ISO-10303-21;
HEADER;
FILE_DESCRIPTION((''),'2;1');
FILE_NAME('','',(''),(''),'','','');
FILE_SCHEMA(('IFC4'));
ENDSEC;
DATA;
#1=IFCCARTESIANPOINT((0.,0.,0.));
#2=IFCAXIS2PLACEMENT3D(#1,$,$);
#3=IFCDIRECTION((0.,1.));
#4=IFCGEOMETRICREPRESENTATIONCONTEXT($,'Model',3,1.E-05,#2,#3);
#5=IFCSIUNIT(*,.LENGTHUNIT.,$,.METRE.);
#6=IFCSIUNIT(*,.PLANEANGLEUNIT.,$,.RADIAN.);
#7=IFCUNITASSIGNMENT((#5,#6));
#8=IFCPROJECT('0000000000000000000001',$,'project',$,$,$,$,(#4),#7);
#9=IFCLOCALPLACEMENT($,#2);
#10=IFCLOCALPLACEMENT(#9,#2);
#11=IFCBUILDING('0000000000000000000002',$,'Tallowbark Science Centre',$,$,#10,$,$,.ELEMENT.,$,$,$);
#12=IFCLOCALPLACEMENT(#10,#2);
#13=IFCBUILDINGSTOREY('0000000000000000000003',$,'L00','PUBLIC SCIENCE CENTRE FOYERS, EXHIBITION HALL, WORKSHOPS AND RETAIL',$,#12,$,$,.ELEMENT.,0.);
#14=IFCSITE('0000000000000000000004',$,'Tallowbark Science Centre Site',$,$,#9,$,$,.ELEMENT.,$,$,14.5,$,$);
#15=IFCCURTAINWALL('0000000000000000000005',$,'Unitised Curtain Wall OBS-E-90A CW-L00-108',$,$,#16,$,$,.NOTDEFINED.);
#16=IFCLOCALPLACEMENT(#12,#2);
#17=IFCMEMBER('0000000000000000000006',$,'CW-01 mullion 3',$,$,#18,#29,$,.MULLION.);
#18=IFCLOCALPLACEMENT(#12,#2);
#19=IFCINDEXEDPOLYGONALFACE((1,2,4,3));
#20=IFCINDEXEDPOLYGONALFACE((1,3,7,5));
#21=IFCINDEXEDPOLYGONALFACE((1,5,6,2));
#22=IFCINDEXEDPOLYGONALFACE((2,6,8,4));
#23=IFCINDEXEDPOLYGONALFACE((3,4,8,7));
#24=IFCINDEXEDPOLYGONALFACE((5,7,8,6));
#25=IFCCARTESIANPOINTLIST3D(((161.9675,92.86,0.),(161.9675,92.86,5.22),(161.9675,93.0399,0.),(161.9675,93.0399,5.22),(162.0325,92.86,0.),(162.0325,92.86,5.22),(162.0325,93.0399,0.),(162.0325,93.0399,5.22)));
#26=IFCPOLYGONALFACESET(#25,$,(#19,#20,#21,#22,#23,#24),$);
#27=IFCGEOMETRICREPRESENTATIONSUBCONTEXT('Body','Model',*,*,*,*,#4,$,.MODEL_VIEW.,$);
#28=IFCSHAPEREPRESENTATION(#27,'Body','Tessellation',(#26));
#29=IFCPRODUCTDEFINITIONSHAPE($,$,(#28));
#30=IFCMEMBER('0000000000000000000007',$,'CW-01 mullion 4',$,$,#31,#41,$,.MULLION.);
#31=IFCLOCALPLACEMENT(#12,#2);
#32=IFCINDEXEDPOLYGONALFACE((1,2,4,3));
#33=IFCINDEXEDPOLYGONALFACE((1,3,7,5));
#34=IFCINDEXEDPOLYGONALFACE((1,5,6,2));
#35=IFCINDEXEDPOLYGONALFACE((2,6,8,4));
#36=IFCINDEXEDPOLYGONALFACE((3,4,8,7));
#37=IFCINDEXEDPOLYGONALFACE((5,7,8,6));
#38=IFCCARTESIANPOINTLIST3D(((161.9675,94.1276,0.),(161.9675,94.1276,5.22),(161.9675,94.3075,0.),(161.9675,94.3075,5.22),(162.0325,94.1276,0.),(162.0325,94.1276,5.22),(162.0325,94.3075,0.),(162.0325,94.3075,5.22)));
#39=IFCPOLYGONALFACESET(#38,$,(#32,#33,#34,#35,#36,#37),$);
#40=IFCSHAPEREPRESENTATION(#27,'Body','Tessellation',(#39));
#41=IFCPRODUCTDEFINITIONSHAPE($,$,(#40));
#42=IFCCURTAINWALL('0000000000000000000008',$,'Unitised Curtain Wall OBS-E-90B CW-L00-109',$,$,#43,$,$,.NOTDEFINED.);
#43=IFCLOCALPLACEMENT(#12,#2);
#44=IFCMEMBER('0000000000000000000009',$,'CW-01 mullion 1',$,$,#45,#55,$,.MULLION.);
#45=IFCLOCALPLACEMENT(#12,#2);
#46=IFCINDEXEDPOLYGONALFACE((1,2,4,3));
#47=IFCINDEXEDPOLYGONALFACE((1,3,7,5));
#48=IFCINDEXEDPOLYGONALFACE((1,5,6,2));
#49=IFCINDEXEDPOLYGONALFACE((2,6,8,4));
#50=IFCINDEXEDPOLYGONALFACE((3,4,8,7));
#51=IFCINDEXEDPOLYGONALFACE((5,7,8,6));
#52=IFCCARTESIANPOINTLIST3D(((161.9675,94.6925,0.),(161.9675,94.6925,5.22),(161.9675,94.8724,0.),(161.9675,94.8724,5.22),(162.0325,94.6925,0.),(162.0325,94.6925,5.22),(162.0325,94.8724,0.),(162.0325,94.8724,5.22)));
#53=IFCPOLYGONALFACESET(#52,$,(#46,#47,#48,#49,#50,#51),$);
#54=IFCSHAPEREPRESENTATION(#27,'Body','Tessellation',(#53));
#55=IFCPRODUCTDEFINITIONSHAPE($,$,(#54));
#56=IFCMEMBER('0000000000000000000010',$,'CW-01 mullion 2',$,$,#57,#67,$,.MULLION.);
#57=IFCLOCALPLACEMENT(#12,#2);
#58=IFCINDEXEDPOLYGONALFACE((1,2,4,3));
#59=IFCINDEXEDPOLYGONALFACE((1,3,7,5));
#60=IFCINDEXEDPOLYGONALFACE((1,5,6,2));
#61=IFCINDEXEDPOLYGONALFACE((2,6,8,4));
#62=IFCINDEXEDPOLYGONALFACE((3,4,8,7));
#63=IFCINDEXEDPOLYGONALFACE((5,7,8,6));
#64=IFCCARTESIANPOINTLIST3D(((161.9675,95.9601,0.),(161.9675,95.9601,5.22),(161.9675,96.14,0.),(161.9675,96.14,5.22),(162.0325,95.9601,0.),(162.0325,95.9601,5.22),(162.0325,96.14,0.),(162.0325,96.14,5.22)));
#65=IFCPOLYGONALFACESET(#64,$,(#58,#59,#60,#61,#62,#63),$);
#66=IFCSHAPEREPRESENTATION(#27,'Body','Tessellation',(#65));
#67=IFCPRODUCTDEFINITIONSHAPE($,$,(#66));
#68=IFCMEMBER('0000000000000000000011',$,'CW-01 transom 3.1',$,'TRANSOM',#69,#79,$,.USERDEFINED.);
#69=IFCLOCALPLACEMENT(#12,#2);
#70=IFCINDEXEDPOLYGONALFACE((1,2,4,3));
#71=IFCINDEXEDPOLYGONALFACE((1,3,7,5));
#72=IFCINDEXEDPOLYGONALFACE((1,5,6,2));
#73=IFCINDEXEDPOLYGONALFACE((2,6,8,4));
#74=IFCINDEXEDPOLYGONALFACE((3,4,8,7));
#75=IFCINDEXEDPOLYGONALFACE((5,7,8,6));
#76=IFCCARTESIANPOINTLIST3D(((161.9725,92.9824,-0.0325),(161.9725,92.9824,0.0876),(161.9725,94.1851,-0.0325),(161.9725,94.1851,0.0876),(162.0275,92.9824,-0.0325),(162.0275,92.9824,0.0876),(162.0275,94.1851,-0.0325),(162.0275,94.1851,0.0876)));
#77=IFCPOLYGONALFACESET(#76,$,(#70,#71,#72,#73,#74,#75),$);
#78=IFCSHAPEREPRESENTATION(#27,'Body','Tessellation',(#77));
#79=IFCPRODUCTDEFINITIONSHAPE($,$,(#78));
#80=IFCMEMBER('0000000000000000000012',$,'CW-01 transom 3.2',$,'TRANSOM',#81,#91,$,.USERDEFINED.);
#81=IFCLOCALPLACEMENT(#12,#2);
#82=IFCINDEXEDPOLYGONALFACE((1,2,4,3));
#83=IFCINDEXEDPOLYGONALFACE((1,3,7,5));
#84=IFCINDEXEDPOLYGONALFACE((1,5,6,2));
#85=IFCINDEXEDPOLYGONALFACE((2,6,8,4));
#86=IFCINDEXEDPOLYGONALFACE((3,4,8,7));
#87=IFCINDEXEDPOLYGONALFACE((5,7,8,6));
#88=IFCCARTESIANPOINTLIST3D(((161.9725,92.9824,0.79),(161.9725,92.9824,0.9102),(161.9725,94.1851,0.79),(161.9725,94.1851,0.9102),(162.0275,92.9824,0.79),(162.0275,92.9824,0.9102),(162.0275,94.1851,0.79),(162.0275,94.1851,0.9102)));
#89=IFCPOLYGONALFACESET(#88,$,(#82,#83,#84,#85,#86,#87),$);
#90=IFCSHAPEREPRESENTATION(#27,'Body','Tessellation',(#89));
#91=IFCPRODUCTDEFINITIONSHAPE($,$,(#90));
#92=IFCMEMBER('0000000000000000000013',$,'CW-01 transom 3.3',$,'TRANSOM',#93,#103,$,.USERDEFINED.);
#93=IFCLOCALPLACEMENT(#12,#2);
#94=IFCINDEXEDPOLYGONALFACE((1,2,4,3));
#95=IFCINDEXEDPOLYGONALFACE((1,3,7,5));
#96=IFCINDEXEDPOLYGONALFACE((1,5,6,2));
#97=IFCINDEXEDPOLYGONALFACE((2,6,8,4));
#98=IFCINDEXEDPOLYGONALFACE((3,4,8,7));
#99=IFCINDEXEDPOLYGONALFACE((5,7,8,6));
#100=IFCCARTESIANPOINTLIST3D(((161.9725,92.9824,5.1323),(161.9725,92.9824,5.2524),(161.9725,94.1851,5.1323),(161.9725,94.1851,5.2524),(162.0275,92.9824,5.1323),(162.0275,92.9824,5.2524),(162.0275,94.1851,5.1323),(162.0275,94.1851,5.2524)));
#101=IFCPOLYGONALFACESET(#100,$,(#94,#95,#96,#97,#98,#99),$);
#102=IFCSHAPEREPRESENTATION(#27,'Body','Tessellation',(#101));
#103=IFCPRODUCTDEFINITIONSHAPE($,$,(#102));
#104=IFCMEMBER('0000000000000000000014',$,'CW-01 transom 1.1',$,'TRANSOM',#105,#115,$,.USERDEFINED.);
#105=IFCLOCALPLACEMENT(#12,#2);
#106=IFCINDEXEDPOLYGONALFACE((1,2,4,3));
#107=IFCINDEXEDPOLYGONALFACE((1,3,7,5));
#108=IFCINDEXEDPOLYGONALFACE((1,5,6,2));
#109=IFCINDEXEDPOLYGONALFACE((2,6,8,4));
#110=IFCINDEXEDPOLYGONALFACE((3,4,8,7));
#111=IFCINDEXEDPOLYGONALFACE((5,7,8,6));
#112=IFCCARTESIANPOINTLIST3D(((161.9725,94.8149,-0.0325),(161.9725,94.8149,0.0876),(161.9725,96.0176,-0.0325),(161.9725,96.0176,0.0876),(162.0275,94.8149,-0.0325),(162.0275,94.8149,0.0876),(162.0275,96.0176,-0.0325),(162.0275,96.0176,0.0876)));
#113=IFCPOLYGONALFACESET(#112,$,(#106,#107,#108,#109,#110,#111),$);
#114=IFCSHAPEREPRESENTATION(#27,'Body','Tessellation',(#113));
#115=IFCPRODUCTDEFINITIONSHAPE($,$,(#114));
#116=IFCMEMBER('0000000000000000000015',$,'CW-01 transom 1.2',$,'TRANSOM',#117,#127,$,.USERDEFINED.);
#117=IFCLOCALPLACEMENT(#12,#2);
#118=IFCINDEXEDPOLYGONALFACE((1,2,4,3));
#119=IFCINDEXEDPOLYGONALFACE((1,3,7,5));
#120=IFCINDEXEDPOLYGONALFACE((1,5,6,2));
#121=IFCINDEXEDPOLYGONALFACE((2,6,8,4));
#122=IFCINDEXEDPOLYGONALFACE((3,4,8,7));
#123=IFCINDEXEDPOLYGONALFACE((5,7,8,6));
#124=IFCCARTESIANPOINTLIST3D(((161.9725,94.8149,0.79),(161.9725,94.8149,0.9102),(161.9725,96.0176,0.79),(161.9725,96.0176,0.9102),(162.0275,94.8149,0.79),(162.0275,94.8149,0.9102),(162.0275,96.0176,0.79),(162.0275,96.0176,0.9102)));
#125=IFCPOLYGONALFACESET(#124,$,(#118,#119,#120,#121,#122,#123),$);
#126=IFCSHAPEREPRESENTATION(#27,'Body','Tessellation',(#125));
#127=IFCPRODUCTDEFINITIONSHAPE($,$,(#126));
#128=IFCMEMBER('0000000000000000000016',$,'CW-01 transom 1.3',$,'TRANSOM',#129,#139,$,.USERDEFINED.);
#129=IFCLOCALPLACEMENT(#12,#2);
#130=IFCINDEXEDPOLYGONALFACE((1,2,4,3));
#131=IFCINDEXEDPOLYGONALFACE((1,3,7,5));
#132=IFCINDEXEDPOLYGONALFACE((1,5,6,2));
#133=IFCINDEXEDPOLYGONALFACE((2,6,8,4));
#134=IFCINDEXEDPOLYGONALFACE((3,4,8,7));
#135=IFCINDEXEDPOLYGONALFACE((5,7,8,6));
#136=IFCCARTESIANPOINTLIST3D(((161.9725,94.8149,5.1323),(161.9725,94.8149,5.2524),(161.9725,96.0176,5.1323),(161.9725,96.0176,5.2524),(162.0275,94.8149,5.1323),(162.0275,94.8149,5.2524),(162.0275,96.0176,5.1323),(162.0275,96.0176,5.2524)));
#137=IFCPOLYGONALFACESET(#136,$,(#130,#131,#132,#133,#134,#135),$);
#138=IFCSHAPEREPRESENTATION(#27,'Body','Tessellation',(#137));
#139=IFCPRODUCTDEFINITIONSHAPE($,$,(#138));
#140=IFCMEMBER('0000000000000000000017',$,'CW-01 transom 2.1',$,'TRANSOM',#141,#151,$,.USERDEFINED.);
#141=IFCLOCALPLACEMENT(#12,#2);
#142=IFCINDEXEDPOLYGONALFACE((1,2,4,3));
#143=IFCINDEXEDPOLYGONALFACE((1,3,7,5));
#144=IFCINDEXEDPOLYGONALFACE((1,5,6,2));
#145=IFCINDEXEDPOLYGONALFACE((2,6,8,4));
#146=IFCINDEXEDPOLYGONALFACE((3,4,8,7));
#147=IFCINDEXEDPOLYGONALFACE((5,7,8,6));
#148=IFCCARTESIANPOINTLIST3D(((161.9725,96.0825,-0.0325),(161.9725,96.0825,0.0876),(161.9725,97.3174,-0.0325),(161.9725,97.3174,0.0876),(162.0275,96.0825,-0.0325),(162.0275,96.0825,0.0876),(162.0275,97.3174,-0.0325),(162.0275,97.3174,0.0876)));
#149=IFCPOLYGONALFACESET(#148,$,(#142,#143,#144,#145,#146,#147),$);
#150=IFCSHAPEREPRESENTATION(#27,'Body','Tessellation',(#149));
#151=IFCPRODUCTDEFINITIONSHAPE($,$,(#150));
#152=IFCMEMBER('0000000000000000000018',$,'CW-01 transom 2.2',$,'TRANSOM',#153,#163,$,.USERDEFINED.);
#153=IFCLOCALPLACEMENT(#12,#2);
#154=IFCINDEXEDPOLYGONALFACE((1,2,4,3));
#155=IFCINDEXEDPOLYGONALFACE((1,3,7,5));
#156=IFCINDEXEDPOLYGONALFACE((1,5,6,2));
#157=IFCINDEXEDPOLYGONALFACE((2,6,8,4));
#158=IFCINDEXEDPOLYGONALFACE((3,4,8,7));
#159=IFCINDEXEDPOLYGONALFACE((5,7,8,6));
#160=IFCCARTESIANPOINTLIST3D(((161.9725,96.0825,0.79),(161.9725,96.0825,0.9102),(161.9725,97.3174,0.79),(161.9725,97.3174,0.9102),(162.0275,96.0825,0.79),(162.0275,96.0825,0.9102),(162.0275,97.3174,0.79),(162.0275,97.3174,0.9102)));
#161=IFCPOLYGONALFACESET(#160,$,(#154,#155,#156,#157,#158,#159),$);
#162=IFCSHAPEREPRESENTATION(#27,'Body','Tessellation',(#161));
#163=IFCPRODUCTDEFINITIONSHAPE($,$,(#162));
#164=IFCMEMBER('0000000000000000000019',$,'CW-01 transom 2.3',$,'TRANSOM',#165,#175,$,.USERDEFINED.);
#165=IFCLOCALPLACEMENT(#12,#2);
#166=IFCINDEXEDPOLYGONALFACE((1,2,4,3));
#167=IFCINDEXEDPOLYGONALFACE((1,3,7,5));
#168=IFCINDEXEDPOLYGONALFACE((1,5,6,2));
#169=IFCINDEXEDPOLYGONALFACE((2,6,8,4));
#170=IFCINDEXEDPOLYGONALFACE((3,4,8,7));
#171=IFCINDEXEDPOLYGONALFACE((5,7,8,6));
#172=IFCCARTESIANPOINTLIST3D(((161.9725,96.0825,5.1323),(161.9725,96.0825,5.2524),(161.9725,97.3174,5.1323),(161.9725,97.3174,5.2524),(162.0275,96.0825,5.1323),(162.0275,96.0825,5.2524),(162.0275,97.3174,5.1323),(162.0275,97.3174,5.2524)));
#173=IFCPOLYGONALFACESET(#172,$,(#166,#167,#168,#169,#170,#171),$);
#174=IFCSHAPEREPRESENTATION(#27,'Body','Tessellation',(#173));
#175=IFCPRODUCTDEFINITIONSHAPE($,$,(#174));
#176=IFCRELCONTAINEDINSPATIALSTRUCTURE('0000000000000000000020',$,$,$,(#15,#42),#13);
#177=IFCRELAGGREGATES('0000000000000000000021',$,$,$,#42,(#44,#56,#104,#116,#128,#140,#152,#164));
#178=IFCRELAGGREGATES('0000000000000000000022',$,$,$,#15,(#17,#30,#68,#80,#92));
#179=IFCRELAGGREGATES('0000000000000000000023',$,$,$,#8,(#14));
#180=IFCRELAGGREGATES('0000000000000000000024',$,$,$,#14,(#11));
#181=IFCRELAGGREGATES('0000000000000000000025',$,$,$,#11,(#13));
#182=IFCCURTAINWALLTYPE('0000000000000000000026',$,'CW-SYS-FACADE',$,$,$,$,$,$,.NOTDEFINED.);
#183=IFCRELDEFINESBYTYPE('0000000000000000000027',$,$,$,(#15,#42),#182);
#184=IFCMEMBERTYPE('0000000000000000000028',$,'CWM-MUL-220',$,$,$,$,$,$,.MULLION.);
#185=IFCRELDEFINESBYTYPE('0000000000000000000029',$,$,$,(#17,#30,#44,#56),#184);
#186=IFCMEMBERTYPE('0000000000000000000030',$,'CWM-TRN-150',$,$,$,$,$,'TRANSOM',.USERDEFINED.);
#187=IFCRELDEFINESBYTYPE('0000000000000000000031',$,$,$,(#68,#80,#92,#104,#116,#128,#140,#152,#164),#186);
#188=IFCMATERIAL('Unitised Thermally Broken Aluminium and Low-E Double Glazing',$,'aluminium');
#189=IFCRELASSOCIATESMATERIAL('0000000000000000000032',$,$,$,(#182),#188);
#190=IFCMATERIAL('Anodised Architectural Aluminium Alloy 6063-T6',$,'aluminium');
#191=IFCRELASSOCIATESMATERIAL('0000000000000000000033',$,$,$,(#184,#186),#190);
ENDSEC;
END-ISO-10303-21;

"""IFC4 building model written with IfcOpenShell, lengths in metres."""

from ifc_helpers import new_model, si_unit, direction, frame, origin, origin_2d, place, context, subcontext, project, spatial, rectangle, extrude, material, material_profile, profile_set, type_object, element, aggregate, save


model = new_model("IFC4")

# Units and contexts
model_context = context("Model", 3, precision=1e-05, world=origin(), true_north=direction((0.0, 1.0)))
body_context = subcontext(model_context, "Body", "Model", "MODEL_VIEW")
ifc_project = project(units=[si_unit("LENGTHUNIT", "METRE"), si_unit("PLANEANGLEUNIT", "RADIAN")], contexts=[model_context])

# Site, building, storey
site_placement = place(None, origin())
site = spatial("IfcSite", under=ifc_project, at=site_placement, Name="Tallowbark Science Centre Site", CompositionType="ELEMENT", RefElevation=14.5)
building_placement = place(site_placement, origin())
building = spatial("IfcBuilding", under=site, at=building_placement, Name="Tallowbark Science Centre", CompositionType="ELEMENT")
storey_placement = place(building_placement, origin())
storey = spatial("IfcBuildingStorey", under=building, at=storey_placement, Name="L00", Description="PUBLIC SCIENCE CENTRE FOYERS, EXHIBITION HALL, WORKSHOPS AND RETAIL", CompositionType="ELEMENT", Elevation=0.0)

# Curtain walls, members
ifc_material_1 = material(Name="Unitised Thermally Broken Aluminium and Low-E Double Glazing", Category="aluminium")
curtain_wall_type = type_object("IfcCurtainWallType", Name="CW-SYS-FACADE", PredefinedType="NOTDEFINED", material=ifc_material_1)
curtain_wall_1_placement = place(storey_placement, origin())
curtain_wall_1 = element("IfcCurtainWall", 1, at=curtain_wall_1_placement, inside=storey, type_object=curtain_wall_type, Name="Unitised Curtain Wall OBS-E-90A CW-L00-108", PredefinedType="NOTDEFINED")
ifc_material_2 = material(Name="Anodised Architectural Aluminium Alloy 6063-T6", Category="aluminium")
ifc_material_profile_1 = material_profile(ifc_material_2, rectangle(XDim=0.0649, YDim=0.1799, at=origin_2d()), Name="ALU65x180")
ifc_profile_set_1 = profile_set([ifc_material_profile_1], Name="Anodised Architectural Aluminium Alloy 6063-T6")
member_type_1 = type_object("IfcMemberType", Name="CWM-MUL-220", PredefinedType="MULLION", material=ifc_profile_set_1)
member_1_placement = place(storey_placement, frame((162.0, 92.95, 0.0), z_axis=(0.0, 0.0, 1.0), x_axis=(-1.0, 0.0, 0.0)))
member_1 = element("IfcMember", 2, at=member_1_placement, type_object=member_type_1, Name="CW-01 mullion 3", PredefinedType="MULLION", context=body_context, shape_type="SweptSolid", body=[
    extrude(rectangle(XDim=0.0649, YDim=0.1799, at=origin_2d()), origin(), (0.0, 0.0, 1.0), 5.22),
])
member_2_placement = place(storey_placement, frame((162.0, 94.2175, 0.0), z_axis=(0.0, 0.0, 1.0), x_axis=(-1.0, 0.0, 0.0)))
member_2 = element("IfcMember", 3, at=member_2_placement, type_object=member_type_1, Name="CW-01 mullion 4", PredefinedType="MULLION", context=body_context, shape_type="SweptSolid", body=[
    extrude(rectangle(XDim=0.0649, YDim=0.1799, at=origin_2d()), origin(), (0.0, 0.0, 1.0), 5.22),
])
curtain_wall_2_placement = place(storey_placement, origin())
curtain_wall_2 = element("IfcCurtainWall", 4, at=curtain_wall_2_placement, inside=storey, type_object=curtain_wall_type, Name="Unitised Curtain Wall OBS-E-90B CW-L00-109", PredefinedType="NOTDEFINED")
member_3_placement = place(storey_placement, frame((162.0, 94.7825, 0.0), z_axis=(0.0, 0.0, 1.0), x_axis=(-1.0, 0.0, 0.0)))
member_3 = element("IfcMember", 5, at=member_3_placement, type_object=member_type_1, Name="CW-01 mullion 1", PredefinedType="MULLION", context=body_context, shape_type="SweptSolid", body=[
    extrude(rectangle(XDim=0.0649, YDim=0.1799, at=origin_2d()), origin(), (0.0, 0.0, 1.0), 5.22),
])
member_4_placement = place(storey_placement, frame((162.0, 96.05, 0.0), z_axis=(0.0, 0.0, 1.0), x_axis=(-1.0, 0.0, 0.0)))
member_4 = element("IfcMember", 6, at=member_4_placement, type_object=member_type_1, Name="CW-01 mullion 2", PredefinedType="MULLION", context=body_context, shape_type="SweptSolid", body=[
    extrude(rectangle(XDim=0.0649, YDim=0.1799, at=origin_2d()), origin(), (0.0, 0.0, 1.0), 5.22),
])

# Members
ifc_material_profile_2 = material_profile(ifc_material_2, rectangle(XDim=0.0549, YDim=0.1201, at=origin_2d()), Name="ALU55x120")
ifc_profile_set_2 = profile_set([ifc_material_profile_2], Name="Anodised Architectural Aluminium Alloy 6063-T6")
member_type_2 = type_object("IfcMemberType", Name="CWM-TRN-150", ElementType="TRANSOM", PredefinedType="USERDEFINED", material=ifc_profile_set_2)
member_5_placement = place(storey_placement, frame((162.0, 92.9824, 0.0276), z_axis=(0.0, 1.0, 0.0), x_axis=(-1.0, 0.0, 0.0)))
member_5 = element("IfcMember", 7, at=member_5_placement, type_object=member_type_2, Name="CW-01 transom 3.1", ObjectType="TRANSOM", PredefinedType="USERDEFINED", context=body_context, shape_type="SweptSolid", body=[
    extrude(rectangle(XDim=0.0549, YDim=0.1201, at=origin_2d()), origin(), (0.0, 0.0, 1.0), 1.2026),
])
member_6_placement = place(storey_placement, frame((162.0, 92.9824, 0.8501), z_axis=(0.0, 1.0, 0.0), x_axis=(-1.0, 0.0, 0.0)))
member_6 = element("IfcMember", 8, at=member_6_placement, type_object=member_type_2, Name="CW-01 transom 3.2", ObjectType="TRANSOM", PredefinedType="USERDEFINED", context=body_context, shape_type="SweptSolid", body=[
    extrude(rectangle(XDim=0.0549, YDim=0.1201, at=origin_2d()), origin(), (0.0, 0.0, 1.0), 1.2026),
])
member_7_placement = place(storey_placement, frame((162.0, 92.9824, 5.1924), z_axis=(0.0, 1.0, 0.0), x_axis=(-1.0, 0.0, 0.0)))
member_7 = element("IfcMember", 9, at=member_7_placement, type_object=member_type_2, Name="CW-01 transom 3.3", ObjectType="TRANSOM", PredefinedType="USERDEFINED", context=body_context, shape_type="SweptSolid", body=[
    extrude(rectangle(XDim=0.0549, YDim=0.1201, at=origin_2d()), origin(), (0.0, 0.0, 1.0), 1.2026),
])
member_8_placement = place(storey_placement, frame((162.0, 94.8149, 0.0276), z_axis=(0.0, 1.0, 0.0), x_axis=(-1.0, 0.0, 0.0)))
member_8 = element("IfcMember", 10, at=member_8_placement, type_object=member_type_2, Name="CW-01 transom 1.1", ObjectType="TRANSOM", PredefinedType="USERDEFINED", context=body_context, shape_type="SweptSolid", body=[
    extrude(rectangle(XDim=0.0549, YDim=0.1201, at=origin_2d()), origin(), (0.0, 0.0, 1.0), 1.2026),
])
member_9_placement = place(storey_placement, frame((162.0, 94.8149, 0.8501), z_axis=(0.0, 1.0, 0.0), x_axis=(-1.0, 0.0, 0.0)))
member_9 = element("IfcMember", 11, at=member_9_placement, type_object=member_type_2, Name="CW-01 transom 1.2", ObjectType="TRANSOM", PredefinedType="USERDEFINED", context=body_context, shape_type="SweptSolid", body=[
    extrude(rectangle(XDim=0.0549, YDim=0.1201, at=origin_2d()), origin(), (0.0, 0.0, 1.0), 1.2026),
])
member_10_placement = place(storey_placement, frame((162.0, 94.8149, 5.1924), z_axis=(0.0, 1.0, 0.0), x_axis=(-1.0, 0.0, 0.0)))
member_10 = element("IfcMember", 12, at=member_10_placement, type_object=member_type_2, Name="CW-01 transom 1.3", ObjectType="TRANSOM", PredefinedType="USERDEFINED", context=body_context, shape_type="SweptSolid", body=[
    extrude(rectangle(XDim=0.0549, YDim=0.1201, at=origin_2d()), origin(), (0.0, 0.0, 1.0), 1.2026),
])
member_11_placement = place(storey_placement, frame((162.0, 96.0825, 0.0276), z_axis=(0.0, 1.0, 0.0), x_axis=(-1.0, 0.0, 0.0)))
member_11 = element("IfcMember", 13, at=member_11_placement, type_object=member_type_2, Name="CW-01 transom 2.1", ObjectType="TRANSOM", PredefinedType="USERDEFINED", context=body_context, shape_type="SweptSolid", body=[
    extrude(rectangle(XDim=0.0549, YDim=0.1201, at=origin_2d()), origin(), (0.0, 0.0, 1.0), 1.2349),
])
member_12_placement = place(storey_placement, frame((162.0, 96.0825, 0.8501), z_axis=(0.0, 1.0, 0.0), x_axis=(-1.0, 0.0, 0.0)))
member_12 = element("IfcMember", 14, at=member_12_placement, type_object=member_type_2, Name="CW-01 transom 2.2", ObjectType="TRANSOM", PredefinedType="USERDEFINED", context=body_context, shape_type="SweptSolid", body=[
    extrude(rectangle(XDim=0.0549, YDim=0.1201, at=origin_2d()), origin(), (0.0, 0.0, 1.0), 1.2349),
])
member_13_placement = place(storey_placement, frame((162.0, 96.0825, 5.1924), z_axis=(0.0, 1.0, 0.0), x_axis=(-1.0, 0.0, 0.0)))
member_13 = element("IfcMember", 15, at=member_13_placement, type_object=member_type_2, Name="CW-01 transom 2.3", ObjectType="TRANSOM", PredefinedType="USERDEFINED", context=body_context, shape_type="SweptSolid", body=[
    extrude(rectangle(XDim=0.0549, YDim=0.1201, at=origin_2d()), origin(), (0.0, 0.0, 1.0), 1.2349),
])

aggregate(curtain_wall_2, [member_3, member_4, member_8, member_9, member_10, member_11, member_12, member_13])
aggregate(curtain_wall_1, [member_1, member_2, member_5, member_6, member_7])

save(model, "model.ifc")
